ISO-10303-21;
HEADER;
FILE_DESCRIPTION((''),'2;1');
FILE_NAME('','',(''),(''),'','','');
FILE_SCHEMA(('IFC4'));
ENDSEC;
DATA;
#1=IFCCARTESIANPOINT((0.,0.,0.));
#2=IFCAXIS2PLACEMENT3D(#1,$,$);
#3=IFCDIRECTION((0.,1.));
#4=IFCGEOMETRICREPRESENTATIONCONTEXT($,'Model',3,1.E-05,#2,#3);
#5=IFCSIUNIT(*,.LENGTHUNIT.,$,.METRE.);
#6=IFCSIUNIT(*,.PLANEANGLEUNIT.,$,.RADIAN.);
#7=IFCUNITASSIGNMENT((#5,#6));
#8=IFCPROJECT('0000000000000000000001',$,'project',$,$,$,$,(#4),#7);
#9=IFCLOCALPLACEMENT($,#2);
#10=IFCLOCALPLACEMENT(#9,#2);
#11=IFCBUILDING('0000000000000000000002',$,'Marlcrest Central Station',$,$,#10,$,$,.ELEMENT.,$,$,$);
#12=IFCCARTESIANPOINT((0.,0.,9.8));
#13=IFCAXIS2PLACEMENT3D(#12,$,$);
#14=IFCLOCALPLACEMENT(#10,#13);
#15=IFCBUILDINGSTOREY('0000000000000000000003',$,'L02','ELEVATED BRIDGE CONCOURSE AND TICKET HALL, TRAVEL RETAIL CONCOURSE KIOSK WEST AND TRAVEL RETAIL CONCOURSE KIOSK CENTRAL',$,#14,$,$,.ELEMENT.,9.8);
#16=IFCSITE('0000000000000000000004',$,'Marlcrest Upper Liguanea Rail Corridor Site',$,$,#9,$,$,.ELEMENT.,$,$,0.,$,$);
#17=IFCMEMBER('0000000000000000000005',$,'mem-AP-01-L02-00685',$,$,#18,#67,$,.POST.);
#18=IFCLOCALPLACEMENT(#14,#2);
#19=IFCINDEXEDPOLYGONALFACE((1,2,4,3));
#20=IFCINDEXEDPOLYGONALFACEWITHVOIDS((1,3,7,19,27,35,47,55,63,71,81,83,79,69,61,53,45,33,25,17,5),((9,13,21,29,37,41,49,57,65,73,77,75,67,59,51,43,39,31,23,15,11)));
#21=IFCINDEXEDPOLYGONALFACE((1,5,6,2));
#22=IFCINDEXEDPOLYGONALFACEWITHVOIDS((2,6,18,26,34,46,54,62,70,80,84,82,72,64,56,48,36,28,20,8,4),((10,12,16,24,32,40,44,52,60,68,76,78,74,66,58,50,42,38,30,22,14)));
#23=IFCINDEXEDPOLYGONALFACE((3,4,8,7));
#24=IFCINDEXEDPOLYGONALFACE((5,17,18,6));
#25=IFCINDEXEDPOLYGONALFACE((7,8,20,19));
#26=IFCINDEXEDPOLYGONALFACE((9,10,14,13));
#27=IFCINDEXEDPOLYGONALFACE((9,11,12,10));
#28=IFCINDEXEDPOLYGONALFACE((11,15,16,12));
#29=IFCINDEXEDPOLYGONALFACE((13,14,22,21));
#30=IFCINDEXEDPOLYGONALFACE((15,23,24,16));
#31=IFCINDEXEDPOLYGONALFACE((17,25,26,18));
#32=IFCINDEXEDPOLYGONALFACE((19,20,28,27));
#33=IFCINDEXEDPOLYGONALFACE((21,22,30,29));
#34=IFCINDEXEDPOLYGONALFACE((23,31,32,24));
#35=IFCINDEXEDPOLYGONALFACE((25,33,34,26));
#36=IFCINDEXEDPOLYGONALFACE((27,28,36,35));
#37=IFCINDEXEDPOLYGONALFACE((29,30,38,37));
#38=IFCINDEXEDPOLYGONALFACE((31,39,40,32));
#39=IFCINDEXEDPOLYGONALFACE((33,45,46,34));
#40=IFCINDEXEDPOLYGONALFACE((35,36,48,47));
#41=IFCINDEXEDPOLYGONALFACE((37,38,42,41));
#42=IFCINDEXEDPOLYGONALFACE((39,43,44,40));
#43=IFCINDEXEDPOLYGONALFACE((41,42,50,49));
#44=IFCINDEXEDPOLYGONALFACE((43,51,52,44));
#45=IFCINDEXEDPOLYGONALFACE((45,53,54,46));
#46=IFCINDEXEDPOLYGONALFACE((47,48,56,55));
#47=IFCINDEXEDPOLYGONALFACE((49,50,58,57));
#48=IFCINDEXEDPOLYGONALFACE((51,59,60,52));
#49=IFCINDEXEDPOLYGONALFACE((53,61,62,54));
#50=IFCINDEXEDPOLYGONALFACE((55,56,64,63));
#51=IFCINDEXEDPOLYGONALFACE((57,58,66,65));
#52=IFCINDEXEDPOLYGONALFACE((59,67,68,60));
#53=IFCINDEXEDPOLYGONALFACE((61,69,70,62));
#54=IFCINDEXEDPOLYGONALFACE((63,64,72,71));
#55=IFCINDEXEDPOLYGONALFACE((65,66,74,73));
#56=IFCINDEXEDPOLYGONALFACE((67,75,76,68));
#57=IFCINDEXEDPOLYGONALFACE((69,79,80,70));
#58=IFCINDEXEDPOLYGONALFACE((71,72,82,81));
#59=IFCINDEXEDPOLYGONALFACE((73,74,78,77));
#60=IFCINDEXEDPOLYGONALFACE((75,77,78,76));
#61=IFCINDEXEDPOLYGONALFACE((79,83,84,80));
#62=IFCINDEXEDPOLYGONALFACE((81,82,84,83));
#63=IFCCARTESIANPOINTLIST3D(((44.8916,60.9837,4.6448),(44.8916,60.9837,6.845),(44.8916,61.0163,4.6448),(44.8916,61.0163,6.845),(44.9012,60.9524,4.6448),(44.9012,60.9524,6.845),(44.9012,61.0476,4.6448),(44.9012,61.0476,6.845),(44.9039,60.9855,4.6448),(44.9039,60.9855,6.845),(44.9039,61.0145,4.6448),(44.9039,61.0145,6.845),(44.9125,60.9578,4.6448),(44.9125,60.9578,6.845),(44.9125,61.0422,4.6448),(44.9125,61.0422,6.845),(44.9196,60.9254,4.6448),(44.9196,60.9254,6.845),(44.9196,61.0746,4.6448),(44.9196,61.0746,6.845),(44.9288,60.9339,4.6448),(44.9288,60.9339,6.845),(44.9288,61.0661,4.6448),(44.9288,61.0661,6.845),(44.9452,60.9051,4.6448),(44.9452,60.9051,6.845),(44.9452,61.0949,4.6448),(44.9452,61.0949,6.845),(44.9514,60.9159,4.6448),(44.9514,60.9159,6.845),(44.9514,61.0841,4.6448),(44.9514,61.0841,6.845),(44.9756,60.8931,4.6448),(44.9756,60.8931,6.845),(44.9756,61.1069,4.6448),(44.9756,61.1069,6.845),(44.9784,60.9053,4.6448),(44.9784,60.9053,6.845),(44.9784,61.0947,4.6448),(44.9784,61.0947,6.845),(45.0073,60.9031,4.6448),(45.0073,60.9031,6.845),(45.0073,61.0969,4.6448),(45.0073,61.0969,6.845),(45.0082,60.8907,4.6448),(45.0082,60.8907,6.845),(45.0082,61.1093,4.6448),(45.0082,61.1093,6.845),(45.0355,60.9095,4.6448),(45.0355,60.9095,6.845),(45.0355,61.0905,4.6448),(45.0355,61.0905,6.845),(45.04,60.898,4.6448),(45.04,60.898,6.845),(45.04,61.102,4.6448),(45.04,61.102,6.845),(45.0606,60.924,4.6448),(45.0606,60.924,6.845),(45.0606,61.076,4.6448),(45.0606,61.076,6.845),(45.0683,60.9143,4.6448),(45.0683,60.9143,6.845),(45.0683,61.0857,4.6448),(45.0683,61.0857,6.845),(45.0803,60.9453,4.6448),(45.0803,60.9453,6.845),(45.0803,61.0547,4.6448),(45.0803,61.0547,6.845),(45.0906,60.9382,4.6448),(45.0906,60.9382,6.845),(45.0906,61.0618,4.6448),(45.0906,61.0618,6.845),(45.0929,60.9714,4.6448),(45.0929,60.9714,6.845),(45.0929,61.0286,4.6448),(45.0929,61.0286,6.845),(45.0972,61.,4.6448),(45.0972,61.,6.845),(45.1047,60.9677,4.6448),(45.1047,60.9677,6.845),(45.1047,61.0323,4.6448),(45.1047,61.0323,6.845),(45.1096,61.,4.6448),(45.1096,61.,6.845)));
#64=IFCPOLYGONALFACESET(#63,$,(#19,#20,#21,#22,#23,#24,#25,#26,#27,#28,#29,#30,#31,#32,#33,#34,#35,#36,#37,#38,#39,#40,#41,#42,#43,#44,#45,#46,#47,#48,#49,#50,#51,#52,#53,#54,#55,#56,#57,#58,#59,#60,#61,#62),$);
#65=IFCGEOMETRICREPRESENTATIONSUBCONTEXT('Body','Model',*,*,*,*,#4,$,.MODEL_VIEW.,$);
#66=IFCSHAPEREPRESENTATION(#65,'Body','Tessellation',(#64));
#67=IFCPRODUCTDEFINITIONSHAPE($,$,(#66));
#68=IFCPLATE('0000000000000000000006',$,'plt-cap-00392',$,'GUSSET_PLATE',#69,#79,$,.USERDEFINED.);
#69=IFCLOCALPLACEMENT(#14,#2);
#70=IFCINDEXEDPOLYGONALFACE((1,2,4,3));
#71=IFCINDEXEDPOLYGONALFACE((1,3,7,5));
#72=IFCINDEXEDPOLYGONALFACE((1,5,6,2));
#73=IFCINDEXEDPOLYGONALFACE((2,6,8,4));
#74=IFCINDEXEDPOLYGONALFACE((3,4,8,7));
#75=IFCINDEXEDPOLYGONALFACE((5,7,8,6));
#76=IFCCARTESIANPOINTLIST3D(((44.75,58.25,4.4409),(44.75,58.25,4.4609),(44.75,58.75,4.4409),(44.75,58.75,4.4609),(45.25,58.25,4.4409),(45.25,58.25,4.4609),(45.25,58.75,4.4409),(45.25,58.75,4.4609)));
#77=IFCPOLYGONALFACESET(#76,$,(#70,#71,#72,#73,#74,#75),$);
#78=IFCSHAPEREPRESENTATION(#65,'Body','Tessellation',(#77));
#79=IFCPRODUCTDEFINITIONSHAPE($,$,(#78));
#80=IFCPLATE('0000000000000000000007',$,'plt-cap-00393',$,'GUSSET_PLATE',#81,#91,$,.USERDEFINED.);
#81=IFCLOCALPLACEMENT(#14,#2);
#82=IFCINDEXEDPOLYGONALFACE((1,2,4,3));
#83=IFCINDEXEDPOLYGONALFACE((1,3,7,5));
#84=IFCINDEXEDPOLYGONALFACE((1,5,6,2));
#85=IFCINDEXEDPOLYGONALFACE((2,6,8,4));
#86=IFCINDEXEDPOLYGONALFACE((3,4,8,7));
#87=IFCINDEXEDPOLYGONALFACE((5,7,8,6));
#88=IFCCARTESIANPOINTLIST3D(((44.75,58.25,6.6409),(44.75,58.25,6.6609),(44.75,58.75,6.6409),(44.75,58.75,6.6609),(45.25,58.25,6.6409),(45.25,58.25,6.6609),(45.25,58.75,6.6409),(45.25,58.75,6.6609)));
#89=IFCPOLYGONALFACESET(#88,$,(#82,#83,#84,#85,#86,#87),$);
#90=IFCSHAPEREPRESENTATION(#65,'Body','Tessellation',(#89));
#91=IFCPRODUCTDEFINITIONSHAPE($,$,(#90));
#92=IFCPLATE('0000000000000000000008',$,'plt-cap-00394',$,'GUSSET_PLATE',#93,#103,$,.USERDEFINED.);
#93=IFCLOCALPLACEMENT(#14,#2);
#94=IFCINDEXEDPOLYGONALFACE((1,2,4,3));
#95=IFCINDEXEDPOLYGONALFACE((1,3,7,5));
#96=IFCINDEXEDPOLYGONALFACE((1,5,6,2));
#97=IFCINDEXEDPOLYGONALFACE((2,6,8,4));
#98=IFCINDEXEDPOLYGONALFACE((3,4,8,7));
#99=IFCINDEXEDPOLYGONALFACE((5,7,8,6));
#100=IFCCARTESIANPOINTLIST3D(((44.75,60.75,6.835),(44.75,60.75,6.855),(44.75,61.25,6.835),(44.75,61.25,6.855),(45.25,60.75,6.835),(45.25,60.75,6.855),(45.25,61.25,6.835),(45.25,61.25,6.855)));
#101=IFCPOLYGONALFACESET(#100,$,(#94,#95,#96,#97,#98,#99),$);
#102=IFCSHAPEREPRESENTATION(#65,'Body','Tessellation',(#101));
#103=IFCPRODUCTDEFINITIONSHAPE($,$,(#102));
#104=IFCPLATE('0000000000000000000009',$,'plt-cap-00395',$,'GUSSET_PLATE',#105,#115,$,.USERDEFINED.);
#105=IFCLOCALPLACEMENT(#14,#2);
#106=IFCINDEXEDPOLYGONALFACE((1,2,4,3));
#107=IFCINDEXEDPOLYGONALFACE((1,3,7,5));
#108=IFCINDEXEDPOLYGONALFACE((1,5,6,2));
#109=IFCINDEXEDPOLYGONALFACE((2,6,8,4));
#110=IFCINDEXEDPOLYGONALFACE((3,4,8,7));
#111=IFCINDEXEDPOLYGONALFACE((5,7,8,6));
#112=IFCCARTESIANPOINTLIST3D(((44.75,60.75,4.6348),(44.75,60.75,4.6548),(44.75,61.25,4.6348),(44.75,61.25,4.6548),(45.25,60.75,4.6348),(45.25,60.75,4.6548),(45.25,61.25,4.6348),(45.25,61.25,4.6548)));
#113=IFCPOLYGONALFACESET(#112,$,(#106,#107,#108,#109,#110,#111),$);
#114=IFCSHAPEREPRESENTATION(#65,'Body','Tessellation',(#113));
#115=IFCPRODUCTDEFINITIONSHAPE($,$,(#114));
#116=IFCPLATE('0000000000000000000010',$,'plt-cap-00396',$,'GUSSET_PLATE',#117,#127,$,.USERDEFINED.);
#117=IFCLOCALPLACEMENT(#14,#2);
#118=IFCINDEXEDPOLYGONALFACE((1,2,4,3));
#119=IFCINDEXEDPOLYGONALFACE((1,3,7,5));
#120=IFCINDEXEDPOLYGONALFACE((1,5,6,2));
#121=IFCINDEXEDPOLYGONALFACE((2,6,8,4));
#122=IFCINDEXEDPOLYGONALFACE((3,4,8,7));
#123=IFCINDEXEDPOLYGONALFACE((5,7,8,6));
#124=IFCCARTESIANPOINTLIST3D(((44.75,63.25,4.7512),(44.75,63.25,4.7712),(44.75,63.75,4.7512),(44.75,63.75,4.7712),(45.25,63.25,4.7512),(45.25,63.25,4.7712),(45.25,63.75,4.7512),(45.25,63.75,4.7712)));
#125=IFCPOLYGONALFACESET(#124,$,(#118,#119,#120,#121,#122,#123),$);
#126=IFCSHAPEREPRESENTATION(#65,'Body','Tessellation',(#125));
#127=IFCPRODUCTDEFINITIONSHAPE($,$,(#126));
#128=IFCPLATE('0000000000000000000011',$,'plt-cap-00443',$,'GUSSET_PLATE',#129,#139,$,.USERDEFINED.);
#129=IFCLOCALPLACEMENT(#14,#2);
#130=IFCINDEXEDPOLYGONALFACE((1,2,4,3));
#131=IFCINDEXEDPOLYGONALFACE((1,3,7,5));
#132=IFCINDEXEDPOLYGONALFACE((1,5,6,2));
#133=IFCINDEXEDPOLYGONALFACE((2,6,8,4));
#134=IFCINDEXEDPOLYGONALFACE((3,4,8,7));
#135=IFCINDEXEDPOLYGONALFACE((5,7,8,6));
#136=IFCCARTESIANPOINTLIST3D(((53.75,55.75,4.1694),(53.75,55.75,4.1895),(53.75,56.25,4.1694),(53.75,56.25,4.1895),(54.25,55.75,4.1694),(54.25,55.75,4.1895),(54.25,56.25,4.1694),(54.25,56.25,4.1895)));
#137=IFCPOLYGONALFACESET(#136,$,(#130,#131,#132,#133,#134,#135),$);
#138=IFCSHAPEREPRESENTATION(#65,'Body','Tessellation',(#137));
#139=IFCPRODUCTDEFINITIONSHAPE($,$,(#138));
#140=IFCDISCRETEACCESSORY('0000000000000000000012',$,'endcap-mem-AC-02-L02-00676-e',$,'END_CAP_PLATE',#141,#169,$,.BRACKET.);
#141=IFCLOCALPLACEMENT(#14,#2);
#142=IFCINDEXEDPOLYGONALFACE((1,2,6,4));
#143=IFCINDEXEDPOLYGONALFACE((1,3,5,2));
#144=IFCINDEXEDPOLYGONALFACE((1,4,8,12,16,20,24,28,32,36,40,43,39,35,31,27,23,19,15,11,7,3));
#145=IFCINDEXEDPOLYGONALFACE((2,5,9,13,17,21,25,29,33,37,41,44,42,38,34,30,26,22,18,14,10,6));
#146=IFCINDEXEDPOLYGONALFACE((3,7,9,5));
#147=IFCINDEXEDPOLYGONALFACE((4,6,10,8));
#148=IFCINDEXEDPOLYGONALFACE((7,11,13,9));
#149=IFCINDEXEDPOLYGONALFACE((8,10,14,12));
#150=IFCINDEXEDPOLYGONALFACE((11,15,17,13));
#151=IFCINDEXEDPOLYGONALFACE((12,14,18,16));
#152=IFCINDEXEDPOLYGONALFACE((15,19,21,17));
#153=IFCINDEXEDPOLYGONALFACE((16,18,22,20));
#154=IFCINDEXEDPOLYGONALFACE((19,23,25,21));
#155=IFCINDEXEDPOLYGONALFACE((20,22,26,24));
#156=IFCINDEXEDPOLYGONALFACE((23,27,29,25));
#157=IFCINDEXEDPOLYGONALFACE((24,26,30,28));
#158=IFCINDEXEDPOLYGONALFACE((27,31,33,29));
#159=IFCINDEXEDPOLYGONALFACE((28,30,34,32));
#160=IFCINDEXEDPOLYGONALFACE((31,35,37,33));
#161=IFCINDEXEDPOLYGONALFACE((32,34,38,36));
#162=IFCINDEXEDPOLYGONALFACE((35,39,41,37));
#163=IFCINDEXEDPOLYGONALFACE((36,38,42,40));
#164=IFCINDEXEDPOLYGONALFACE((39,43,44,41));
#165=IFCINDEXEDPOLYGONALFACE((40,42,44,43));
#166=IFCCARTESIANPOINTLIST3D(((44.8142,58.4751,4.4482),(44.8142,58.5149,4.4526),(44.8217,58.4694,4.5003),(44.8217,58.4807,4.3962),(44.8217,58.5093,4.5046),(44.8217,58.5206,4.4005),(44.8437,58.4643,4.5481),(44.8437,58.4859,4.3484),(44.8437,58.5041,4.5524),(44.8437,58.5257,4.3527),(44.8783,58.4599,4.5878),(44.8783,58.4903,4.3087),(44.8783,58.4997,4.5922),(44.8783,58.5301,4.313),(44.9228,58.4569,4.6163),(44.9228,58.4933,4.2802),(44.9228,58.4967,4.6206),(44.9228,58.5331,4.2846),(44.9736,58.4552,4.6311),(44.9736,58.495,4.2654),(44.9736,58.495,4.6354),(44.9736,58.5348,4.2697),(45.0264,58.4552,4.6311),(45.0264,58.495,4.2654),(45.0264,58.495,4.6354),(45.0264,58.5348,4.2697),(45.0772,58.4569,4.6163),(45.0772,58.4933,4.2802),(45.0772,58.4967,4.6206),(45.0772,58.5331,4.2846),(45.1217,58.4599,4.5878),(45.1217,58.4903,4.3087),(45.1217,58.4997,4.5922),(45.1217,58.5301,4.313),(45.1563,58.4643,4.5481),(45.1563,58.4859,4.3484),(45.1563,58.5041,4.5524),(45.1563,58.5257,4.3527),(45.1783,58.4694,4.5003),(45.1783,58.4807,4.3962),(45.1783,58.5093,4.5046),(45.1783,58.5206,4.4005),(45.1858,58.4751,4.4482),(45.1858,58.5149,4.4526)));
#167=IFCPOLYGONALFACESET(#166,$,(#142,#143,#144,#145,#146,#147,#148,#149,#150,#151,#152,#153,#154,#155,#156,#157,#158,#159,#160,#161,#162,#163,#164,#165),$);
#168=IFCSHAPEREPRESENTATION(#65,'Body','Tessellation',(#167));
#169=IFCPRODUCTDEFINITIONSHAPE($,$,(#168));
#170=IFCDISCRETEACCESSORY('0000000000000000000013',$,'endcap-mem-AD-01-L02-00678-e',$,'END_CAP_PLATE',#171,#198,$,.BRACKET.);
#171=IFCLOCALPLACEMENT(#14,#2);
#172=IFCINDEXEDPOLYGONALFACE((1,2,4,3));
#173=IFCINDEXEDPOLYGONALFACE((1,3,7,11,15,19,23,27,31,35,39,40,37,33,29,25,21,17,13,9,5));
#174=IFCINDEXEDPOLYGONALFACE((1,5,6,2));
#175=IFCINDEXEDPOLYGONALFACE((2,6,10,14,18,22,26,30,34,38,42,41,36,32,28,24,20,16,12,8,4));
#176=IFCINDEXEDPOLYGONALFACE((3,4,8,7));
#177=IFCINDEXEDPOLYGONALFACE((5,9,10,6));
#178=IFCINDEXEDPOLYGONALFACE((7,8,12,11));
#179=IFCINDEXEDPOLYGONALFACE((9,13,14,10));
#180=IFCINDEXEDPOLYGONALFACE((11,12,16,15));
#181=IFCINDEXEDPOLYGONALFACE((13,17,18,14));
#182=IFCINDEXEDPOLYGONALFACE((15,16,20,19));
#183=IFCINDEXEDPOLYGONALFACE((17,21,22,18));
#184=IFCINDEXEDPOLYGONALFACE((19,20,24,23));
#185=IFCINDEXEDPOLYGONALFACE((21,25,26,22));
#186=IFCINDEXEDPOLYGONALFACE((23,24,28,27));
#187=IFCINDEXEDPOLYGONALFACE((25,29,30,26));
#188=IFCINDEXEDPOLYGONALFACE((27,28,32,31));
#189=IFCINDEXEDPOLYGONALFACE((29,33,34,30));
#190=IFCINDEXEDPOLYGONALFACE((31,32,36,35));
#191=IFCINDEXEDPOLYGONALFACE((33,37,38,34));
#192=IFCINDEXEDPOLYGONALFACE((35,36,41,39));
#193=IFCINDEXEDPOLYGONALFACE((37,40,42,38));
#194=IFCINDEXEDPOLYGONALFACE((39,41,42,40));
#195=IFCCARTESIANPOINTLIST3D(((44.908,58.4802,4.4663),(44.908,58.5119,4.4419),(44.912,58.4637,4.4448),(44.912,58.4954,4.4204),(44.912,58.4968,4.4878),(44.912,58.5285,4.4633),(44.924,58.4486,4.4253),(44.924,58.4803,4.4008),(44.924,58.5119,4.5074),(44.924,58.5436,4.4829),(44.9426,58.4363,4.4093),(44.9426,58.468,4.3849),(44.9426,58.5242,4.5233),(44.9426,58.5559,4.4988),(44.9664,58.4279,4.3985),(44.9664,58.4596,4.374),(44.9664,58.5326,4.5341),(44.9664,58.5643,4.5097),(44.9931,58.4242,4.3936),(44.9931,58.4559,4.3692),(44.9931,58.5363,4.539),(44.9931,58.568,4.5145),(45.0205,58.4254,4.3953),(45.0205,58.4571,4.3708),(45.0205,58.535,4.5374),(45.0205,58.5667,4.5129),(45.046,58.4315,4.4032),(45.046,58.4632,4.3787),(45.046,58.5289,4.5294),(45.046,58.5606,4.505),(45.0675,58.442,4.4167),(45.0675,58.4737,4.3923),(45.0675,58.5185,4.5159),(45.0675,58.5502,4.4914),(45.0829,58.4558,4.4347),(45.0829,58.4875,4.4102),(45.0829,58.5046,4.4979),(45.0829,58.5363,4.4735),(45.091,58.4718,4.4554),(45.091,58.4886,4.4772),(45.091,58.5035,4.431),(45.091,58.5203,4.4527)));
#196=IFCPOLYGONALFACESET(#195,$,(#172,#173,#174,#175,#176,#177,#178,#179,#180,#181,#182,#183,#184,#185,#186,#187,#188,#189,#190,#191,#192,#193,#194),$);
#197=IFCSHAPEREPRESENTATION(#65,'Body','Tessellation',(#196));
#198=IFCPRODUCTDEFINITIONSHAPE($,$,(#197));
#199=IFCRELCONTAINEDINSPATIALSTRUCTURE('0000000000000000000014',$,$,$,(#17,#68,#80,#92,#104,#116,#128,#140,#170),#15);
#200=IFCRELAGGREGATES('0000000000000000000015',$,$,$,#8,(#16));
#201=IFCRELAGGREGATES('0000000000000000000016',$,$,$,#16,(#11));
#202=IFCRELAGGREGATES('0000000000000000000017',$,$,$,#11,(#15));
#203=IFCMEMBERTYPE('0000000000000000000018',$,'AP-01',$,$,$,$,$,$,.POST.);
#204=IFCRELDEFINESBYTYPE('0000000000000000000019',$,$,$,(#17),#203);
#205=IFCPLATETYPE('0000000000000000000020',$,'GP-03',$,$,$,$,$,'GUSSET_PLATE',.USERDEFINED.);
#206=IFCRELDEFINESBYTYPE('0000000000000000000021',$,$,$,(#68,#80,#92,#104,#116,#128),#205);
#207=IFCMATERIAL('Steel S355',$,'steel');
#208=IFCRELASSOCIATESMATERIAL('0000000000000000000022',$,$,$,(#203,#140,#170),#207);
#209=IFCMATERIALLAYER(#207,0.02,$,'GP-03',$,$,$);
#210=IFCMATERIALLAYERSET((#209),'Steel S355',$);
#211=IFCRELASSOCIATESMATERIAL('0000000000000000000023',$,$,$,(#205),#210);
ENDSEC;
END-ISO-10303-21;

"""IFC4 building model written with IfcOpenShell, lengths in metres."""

from ifc_helpers import new_model, si_unit, direction, frame, origin, origin_2d, place, context, subcontext, project, spatial, rectangle, circle, hollow_circle, extrude, material, layer, layer_set, material_profile, profile_set, type_object, element, save


model = new_model("IFC4")

# Units and contexts
model_context = context("Model", 3, precision=1e-05, world=origin(), true_north=direction((0.0, 1.0)))
body_context = subcontext(model_context, "Body", "Model", "MODEL_VIEW")
ifc_project = project(units=[si_unit("LENGTHUNIT", "METRE"), si_unit("PLANEANGLEUNIT", "RADIAN")], contexts=[model_context])

# Site, building, storey
site_placement = place(None, origin())
site = spatial("IfcSite", under=ifc_project, at=site_placement, Name="Marlcrest Upper Liguanea Rail Corridor Site", CompositionType="ELEMENT", RefElevation=0.0)
building_placement = place(site_placement, origin())
building = spatial("IfcBuilding", under=site, at=building_placement, Name="Marlcrest Central Station", CompositionType="ELEMENT")
storey_placement = place(building_placement, frame((0.0, 0.0, 9.8)))
storey = spatial("IfcBuildingStorey", under=building, at=storey_placement, Name="L02", Description="ELEVATED BRIDGE CONCOURSE AND TICKET HALL, TRAVEL RETAIL CONCOURSE KIOSK WEST AND TRAVEL RETAIL CONCOURSE KIOSK CENTRAL", CompositionType="ELEMENT", Elevation=9.8)

# Member
ifc_material = material(Name="Steel S355", Category="steel")
ifc_material_profile_1 = material_profile(ifc_material, hollow_circle(Radius=0.1096, WallThickness=0.0125, at=origin_2d()), Name="CHS 219.1x12.5")
ifc_profile_set_1 = profile_set([ifc_material_profile_1], Name="Steel S355")
member_type_1 = type_object("IfcMemberType", Name="AP-01", PredefinedType="POST", material=ifc_profile_set_1)
member_1_placement = place(storey_placement, frame((45.0, 61.0, 4.6448), z_axis=(0.0, 0.0, 1.0), x_axis=(1.0, 0.0, 0.0)))
element("IfcMember", 1, at=member_1_placement, inside=storey, type_object=member_type_1, Name="mem-AP-01-L02-00685", PredefinedType="POST", context=body_context, shape_type="SweptSolid", body=[
    extrude(hollow_circle(Radius=0.1096, WallThickness=0.0125, at=origin_2d()), origin(), (0.0, 0.0, 1.0), 2.2002),
])

# Plates
ifc_layer = layer(ifc_material, 0.02, Name="GP-03")
ifc_layer_set = layer_set([ifc_layer], Name="Steel S355")
plate_type = type_object("IfcPlateType", Name="GP-03", ElementType="GUSSET_PLATE", PredefinedType="USERDEFINED", material=ifc_layer_set)
for number, where, z_axis, x_axis, name in (
    (2, (45.0, 58.5, 4.4409), (0.0, 0.0, 1.0), (1.0, 0.0, 0.0), "plt-cap-00392"),
    (3, (45.0, 58.5, 6.6409), (0.0, 0.0, 1.0), (1.0, 0.0, 0.0), "plt-cap-00393"),
    (4, (45.0, 61.0, 6.835), (0.0, 0.0, 1.0), (1.0, 0.0, 0.0), "plt-cap-00394"),
    (5, (45.0, 61.0, 4.6348), (0.0, 0.0, 1.0), (1.0, 0.0, 0.0), "plt-cap-00395"),
    (6, (45.0, 63.5, 4.7512), (0.0, 0.0, 1.0), (1.0, 0.0, 0.0), "plt-cap-00396"),
    (7, (54.0, 56.0, 4.1694), (0.0, 0.0, 1.0), (1.0, 0.0, 0.0), "plt-cap-00443"),
):
    element("IfcPlate", number, at=place(storey_placement, frame(where, z_axis=z_axis, x_axis=x_axis)), inside=storey, type_object=plate_type, Name=name, ObjectType="GUSSET_PLATE", PredefinedType="USERDEFINED", context=body_context, shape_type="SweptSolid", body=[
        extrude(rectangle(XDim=0.5, YDim=0.5, at=origin_2d()), origin(), (0.0, 0.0, 1.0), 0.02),
    ])

# Discrete accessories
discrete_accessory_1_placement = place(storey_placement, frame((45.0, 58.4751, 4.4482), z_axis=(0.0, 0.994155, 0.107959), x_axis=(-1.0, 0.0, 0.0)))
element("IfcDiscreteAccessory", 8, at=discrete_accessory_1_placement, inside=storey, material=ifc_material, Name="endcap-mem-AC-02-L02-00676-e", ObjectType="END_CAP_PLATE", PredefinedType="BRACKET", context=body_context, shape_type="SweptSolid", body=[
    extrude(circle(Radius=0.1858, at=origin_2d()), origin(), (0.0, 0.0, 1.0), 0.04),
])
discrete_accessory_2_placement = place(storey_placement, frame((45.0, 58.4802, 4.4663), z_axis=(0.0, 0.791798, -0.610783), x_axis=(-1.0, 0.0, 0.0)))
element("IfcDiscreteAccessory", 9, at=discrete_accessory_2_placement, inside=storey, material=ifc_material, Name="endcap-mem-AD-01-L02-00678-e", ObjectType="END_CAP_PLATE", PredefinedType="BRACKET", context=body_context, shape_type="SweptSolid", body=[
    extrude(circle(Radius=0.092, at=origin_2d()), origin(), (0.0, 0.0, 1.0), 0.04),
])

save(model, "model.ifc")
